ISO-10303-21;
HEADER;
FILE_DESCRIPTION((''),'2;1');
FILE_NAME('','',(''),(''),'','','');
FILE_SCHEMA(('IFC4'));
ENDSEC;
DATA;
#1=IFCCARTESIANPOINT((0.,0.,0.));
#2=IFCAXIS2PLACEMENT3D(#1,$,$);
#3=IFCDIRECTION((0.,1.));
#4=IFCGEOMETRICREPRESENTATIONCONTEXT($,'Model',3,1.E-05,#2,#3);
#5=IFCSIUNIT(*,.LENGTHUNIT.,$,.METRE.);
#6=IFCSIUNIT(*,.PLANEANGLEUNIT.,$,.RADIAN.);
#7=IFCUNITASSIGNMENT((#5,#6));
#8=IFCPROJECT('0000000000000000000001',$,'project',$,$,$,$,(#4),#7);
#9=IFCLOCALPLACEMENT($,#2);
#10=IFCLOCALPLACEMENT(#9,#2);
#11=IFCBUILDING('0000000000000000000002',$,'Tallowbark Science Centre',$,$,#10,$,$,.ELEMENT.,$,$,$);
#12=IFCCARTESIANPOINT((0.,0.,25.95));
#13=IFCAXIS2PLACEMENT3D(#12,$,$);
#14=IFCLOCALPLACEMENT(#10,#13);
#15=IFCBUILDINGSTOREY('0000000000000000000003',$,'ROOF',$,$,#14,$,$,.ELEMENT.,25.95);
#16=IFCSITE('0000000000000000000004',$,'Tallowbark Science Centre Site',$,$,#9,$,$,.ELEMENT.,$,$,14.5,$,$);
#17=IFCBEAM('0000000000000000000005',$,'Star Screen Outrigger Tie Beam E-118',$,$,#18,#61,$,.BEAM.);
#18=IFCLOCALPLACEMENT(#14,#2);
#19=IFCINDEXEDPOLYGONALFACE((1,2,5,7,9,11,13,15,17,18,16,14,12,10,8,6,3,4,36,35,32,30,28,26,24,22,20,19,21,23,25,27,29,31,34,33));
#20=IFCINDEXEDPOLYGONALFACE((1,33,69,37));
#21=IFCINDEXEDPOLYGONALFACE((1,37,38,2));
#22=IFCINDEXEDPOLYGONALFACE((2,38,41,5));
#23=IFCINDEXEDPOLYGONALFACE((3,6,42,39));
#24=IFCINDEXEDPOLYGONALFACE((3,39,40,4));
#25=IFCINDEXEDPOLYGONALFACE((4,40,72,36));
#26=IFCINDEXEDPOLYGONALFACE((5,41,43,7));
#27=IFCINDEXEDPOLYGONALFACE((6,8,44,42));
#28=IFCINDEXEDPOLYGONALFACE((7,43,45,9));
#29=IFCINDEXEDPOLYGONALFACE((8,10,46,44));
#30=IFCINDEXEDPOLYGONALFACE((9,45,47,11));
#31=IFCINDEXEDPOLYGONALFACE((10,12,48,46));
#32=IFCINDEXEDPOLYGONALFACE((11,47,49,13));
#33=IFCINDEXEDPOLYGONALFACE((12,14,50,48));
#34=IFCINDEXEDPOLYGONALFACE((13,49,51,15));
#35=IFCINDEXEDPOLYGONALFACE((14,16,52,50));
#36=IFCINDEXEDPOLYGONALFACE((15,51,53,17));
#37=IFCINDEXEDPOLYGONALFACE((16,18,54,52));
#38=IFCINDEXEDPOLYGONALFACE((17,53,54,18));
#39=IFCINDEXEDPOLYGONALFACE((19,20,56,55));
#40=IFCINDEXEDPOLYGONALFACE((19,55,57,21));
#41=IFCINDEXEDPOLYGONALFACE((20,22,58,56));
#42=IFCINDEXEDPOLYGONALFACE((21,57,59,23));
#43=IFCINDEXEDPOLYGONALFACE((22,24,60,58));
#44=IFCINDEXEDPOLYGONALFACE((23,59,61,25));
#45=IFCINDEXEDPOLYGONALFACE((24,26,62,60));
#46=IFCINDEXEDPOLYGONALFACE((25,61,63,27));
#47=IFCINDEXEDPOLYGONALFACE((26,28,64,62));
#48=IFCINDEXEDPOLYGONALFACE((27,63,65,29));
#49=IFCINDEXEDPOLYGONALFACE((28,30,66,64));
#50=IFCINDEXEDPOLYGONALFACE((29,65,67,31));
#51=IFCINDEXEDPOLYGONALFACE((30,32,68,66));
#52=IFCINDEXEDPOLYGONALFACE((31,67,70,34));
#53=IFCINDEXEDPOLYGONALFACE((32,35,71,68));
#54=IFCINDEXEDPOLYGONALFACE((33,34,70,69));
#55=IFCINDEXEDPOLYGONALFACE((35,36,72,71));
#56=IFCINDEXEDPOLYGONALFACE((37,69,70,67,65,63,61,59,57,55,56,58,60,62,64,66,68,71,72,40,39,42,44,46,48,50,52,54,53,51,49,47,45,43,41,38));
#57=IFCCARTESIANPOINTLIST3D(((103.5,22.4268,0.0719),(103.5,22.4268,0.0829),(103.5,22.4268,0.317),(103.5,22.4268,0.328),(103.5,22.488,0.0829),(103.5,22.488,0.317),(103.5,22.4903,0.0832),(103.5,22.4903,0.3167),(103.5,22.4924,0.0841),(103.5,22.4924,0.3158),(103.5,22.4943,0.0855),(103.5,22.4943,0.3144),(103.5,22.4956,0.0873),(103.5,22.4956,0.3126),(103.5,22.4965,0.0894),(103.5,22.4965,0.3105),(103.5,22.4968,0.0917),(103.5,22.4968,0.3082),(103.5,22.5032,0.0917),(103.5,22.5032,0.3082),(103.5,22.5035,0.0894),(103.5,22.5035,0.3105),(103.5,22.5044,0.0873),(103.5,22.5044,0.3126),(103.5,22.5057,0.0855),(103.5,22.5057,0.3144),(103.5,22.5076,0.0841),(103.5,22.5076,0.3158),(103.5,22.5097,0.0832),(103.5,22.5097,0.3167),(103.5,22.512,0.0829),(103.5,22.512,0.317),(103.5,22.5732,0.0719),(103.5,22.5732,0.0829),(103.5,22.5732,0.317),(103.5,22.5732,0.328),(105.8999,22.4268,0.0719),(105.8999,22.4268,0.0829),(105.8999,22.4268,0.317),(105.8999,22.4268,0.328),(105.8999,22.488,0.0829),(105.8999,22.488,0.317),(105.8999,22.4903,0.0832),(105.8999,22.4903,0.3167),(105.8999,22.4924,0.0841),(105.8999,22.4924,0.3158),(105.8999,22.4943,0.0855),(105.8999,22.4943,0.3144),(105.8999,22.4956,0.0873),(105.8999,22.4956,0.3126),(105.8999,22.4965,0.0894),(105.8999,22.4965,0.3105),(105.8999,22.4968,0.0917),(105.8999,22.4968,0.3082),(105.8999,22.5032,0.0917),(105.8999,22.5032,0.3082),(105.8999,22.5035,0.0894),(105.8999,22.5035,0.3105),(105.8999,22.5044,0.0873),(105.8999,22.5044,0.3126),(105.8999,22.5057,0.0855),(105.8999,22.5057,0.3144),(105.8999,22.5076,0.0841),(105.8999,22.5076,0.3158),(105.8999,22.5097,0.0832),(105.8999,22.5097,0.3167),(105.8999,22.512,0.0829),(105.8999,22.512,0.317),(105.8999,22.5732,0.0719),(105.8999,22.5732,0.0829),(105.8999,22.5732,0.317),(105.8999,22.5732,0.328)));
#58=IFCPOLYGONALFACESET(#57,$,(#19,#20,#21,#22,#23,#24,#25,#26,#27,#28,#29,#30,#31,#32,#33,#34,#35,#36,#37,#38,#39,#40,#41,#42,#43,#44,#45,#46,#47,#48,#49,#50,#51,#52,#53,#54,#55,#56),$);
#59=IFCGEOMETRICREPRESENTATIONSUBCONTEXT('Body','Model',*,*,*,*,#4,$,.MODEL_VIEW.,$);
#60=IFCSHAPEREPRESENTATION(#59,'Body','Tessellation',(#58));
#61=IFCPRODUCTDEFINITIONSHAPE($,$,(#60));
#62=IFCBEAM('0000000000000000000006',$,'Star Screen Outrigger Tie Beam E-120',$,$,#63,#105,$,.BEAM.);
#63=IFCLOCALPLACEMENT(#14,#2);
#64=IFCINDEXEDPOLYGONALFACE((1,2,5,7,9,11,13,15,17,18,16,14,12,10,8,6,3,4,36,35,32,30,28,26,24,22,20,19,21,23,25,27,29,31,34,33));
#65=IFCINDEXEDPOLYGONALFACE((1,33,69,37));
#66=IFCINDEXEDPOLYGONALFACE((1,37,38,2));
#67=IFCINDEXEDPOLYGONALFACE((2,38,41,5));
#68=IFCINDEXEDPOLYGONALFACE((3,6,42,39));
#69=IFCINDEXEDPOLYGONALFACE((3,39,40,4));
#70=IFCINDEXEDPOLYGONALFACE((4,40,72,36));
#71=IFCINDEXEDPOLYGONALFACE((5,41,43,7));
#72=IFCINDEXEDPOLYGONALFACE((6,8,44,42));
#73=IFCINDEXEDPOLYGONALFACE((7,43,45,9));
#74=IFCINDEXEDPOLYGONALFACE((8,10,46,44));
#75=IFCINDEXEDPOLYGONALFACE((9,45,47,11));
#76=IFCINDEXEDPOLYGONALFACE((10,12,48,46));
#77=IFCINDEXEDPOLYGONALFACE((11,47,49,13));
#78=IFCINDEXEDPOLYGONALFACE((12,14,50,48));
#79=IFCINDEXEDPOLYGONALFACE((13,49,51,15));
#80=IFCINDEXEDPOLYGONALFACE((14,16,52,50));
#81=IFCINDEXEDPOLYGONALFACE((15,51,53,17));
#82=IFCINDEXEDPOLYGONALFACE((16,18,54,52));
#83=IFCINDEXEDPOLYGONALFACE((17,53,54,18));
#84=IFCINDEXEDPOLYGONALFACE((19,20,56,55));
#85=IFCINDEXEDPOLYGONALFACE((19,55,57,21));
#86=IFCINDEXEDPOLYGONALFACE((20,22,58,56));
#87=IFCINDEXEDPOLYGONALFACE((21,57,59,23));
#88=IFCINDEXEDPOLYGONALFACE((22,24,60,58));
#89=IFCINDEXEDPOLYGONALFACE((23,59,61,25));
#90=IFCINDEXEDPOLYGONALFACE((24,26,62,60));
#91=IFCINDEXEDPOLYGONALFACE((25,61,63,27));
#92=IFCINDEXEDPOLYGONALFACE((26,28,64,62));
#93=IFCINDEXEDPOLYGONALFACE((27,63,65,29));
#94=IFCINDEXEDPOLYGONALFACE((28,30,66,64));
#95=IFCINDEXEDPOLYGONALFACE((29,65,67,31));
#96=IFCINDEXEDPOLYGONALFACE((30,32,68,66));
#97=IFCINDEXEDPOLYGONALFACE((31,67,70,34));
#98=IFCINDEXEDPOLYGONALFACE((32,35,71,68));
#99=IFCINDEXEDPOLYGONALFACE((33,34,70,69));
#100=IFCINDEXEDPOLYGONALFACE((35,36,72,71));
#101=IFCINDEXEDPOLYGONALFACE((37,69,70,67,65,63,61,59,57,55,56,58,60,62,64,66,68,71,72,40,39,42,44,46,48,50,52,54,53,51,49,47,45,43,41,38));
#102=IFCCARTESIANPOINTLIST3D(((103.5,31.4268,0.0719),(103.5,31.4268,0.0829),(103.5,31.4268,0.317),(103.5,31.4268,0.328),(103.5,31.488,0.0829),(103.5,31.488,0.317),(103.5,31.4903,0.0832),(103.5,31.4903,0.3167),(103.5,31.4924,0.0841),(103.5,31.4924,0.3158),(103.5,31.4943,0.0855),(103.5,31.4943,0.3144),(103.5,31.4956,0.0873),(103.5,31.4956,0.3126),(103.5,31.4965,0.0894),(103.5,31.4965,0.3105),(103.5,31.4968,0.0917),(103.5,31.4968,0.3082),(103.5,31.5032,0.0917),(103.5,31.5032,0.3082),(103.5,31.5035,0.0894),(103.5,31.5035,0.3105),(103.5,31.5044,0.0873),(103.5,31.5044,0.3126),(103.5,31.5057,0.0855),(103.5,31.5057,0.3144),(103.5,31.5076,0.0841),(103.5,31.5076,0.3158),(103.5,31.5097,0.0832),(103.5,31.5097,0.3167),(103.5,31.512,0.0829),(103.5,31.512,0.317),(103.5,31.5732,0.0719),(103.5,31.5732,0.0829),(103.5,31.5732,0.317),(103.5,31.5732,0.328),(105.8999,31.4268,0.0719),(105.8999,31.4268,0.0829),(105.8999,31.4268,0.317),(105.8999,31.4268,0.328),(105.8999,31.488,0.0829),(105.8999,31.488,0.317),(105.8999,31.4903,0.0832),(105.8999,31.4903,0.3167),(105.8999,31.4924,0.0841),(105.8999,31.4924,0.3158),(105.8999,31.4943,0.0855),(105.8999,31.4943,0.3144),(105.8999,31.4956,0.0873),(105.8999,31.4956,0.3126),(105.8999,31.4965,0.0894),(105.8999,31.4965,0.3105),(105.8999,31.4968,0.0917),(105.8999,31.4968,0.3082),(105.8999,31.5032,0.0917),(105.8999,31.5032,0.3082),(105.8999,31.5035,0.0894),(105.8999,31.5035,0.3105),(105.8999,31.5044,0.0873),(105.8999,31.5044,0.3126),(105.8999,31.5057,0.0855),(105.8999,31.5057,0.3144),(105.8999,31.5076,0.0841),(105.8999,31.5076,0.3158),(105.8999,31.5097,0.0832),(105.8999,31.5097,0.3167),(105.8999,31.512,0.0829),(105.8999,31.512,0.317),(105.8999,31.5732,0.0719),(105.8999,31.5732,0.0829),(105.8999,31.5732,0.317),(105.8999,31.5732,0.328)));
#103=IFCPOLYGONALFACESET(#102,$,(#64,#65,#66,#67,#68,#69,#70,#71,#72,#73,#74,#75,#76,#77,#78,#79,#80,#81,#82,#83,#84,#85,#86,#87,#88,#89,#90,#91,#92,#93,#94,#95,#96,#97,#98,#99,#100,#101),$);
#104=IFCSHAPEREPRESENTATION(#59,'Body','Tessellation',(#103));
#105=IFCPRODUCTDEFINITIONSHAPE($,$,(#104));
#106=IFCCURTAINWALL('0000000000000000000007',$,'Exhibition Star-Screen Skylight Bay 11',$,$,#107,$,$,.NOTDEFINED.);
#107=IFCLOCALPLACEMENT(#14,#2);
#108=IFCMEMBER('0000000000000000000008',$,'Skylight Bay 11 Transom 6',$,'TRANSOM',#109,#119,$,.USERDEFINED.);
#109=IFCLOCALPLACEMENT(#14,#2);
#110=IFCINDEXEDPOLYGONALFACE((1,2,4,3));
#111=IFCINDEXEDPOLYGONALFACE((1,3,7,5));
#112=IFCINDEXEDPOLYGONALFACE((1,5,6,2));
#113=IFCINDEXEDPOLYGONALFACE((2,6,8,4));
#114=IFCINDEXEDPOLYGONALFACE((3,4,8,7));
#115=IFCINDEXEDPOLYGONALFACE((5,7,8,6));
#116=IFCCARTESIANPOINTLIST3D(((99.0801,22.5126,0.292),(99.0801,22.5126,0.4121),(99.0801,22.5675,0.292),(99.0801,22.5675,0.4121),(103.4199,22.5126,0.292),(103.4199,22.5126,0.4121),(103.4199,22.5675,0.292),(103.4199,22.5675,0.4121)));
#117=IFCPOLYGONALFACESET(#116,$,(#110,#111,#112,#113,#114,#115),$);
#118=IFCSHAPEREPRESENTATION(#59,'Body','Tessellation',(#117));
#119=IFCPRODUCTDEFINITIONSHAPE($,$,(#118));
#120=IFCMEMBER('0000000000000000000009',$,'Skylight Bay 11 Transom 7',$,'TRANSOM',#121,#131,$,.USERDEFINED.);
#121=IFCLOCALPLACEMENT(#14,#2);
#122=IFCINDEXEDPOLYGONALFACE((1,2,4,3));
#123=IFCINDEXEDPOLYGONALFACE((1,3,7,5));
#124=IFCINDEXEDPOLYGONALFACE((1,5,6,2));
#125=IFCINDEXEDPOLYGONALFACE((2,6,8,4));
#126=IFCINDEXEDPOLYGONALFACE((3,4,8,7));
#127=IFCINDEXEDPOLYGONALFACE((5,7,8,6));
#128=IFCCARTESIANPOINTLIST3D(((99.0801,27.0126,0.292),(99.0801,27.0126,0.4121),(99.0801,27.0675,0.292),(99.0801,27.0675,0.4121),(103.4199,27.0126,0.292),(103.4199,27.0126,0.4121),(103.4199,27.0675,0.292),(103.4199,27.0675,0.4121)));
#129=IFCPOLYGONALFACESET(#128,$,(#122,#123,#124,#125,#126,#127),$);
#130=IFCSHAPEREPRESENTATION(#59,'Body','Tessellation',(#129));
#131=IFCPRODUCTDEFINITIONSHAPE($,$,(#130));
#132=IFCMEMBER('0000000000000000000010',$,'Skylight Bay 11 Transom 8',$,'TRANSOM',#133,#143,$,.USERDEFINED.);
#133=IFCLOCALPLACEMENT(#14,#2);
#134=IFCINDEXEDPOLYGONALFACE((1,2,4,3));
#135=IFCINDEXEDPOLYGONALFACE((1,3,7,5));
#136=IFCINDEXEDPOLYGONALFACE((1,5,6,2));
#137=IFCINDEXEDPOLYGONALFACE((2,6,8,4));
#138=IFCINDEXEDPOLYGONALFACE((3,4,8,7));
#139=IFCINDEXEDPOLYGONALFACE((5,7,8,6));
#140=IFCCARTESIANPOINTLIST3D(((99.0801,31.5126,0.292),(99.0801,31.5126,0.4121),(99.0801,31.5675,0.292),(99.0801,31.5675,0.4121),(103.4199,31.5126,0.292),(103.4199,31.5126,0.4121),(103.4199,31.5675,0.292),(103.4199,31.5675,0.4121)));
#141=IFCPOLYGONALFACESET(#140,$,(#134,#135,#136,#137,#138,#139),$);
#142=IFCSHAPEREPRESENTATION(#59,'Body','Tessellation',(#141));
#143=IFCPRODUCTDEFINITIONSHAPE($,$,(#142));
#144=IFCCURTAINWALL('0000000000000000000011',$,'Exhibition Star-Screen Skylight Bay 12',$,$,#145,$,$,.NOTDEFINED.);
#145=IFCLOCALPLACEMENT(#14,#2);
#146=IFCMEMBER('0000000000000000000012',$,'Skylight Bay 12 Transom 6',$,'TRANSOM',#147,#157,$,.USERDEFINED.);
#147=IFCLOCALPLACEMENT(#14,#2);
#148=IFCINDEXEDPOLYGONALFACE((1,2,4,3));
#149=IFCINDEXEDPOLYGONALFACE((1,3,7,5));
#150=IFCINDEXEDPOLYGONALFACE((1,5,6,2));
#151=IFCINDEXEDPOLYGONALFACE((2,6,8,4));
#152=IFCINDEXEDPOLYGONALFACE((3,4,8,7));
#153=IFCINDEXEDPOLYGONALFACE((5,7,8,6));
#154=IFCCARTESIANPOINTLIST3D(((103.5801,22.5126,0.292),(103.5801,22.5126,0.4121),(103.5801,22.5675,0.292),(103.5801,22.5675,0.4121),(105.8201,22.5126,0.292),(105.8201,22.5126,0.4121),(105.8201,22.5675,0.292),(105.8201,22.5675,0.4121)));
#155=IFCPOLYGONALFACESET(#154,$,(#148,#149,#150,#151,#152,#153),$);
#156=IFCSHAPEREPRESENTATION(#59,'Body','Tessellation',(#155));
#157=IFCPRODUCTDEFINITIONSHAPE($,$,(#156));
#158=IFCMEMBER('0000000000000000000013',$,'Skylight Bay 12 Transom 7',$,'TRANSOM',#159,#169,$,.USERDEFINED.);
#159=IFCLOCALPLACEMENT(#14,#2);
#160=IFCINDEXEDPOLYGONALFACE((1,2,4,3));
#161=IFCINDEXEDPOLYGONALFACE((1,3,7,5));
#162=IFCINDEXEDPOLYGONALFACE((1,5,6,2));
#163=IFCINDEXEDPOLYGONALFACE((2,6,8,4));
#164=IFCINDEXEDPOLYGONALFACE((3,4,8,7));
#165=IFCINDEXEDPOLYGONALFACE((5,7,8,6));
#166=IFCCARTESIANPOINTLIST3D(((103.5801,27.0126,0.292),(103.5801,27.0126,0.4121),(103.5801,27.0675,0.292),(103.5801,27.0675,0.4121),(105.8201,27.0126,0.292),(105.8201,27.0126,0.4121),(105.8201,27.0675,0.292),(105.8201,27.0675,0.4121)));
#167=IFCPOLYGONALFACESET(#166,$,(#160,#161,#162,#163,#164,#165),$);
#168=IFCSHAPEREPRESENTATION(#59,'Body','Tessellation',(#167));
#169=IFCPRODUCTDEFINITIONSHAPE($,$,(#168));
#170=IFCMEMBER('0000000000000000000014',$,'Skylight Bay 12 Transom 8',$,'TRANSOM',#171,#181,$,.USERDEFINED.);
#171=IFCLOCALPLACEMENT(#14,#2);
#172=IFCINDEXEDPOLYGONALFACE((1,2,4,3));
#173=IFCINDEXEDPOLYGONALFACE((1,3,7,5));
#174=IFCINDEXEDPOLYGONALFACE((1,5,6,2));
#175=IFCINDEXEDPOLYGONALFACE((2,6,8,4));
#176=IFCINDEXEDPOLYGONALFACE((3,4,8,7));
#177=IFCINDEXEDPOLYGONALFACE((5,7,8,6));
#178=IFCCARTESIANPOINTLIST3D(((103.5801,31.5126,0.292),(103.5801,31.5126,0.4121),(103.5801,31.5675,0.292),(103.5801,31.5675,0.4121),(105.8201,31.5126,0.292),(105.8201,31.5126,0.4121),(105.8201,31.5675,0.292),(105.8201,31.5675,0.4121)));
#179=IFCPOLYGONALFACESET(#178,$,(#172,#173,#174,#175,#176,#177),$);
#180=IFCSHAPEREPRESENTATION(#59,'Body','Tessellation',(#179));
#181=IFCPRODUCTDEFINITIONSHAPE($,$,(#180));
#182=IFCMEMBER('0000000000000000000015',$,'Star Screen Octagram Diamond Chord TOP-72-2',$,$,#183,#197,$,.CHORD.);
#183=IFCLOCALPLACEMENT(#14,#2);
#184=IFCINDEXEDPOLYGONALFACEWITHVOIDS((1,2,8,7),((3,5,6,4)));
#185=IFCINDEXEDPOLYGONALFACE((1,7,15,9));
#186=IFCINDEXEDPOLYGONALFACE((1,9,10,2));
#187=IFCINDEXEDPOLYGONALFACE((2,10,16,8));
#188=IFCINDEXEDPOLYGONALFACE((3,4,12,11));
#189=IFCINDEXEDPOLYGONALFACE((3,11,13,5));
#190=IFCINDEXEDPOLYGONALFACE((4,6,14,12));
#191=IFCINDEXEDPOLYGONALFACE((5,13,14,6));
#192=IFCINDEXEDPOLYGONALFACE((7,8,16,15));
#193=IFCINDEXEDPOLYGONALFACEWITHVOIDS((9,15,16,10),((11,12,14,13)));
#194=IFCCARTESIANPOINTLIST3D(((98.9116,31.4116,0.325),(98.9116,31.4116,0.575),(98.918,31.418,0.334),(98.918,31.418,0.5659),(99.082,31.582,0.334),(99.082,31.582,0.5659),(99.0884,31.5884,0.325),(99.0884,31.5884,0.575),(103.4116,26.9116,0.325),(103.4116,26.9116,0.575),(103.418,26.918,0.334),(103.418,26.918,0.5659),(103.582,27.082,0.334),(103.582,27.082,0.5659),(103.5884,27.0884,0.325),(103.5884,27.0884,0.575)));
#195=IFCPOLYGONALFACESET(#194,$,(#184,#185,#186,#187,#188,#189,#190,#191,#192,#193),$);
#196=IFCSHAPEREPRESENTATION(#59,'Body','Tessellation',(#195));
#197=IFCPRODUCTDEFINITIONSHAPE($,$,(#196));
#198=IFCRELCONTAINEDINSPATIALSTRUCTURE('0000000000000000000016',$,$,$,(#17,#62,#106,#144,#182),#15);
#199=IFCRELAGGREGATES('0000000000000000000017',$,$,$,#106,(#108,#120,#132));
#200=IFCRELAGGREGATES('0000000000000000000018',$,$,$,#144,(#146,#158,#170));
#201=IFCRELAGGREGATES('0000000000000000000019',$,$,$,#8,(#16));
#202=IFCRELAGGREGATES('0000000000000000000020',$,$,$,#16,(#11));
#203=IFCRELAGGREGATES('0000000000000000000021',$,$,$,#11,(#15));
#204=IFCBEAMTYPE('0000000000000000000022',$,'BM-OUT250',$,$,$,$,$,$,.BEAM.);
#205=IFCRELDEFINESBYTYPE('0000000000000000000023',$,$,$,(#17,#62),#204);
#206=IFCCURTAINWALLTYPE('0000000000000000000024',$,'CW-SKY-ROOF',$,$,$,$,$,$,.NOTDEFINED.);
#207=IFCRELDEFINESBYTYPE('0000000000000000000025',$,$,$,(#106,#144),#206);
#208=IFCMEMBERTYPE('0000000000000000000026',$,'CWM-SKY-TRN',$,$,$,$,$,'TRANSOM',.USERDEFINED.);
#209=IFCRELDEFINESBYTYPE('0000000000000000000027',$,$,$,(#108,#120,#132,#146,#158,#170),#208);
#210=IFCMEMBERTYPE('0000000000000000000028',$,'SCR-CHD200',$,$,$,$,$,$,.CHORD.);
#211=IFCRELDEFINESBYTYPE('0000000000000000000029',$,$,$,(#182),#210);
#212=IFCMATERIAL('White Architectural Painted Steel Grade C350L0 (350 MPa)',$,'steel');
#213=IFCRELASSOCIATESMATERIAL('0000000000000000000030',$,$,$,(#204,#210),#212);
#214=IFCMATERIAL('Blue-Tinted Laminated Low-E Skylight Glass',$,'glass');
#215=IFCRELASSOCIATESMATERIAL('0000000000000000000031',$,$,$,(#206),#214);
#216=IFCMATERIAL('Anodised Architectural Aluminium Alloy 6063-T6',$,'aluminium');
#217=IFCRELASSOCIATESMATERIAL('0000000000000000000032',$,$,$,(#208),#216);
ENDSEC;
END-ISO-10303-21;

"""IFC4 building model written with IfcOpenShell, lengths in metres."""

from ifc_helpers import new_model, si_unit, direction, frame, origin, origin_2d, place, context, subcontext, project, spatial, rectangle, hollow_rectangle, i_section, extrude, material, material_profile, profile_set, type_object, element, aggregate, save


model = new_model("IFC4")

# Units and contexts
model_context = context("Model", 3, precision=1e-05, world=origin(), true_north=direction((0.0, 1.0)))
body_context = subcontext(model_context, "Body", "Model", "MODEL_VIEW")
ifc_project = project(units=[si_unit("LENGTHUNIT", "METRE"), si_unit("PLANEANGLEUNIT", "RADIAN")], contexts=[model_context])

# Site, building, storey
site_placement = place(None, origin())
site = spatial("IfcSite", under=ifc_project, at=site_placement, Name="Tallowbark Science Centre Site", CompositionType="ELEMENT", RefElevation=14.5)
building_placement = place(site_placement, origin())
building = spatial("IfcBuilding", under=site, at=building_placement, Name="Tallowbark Science Centre", CompositionType="ELEMENT")
storey_placement = place(building_placement, frame((0.0, 0.0, 25.95)))
storey = spatial("IfcBuildingStorey", under=building, at=storey_placement, Name="ROOF", CompositionType="ELEMENT", Elevation=25.95)

# Beams
ifc_material_1 = material(Name="White Architectural Painted Steel Grade C350L0 (350 MPa)", Category="steel")
ifc_material_profile_1 = material_profile(ifc_material_1, i_section(OverallWidth=0.1465, OverallDepth=0.2561, WebThickness=0.0063, FlangeThickness=0.011, FilletRadius=0.0088, at=origin_2d()), Name="250UB37.3")
ifc_profile_set_1 = profile_set([ifc_material_profile_1], Name="White Architectural Painted Steel Grade C350L0 (350 MPa)")
beam_type = type_object("IfcBeamType", Name="BM-OUT250", PredefinedType="BEAM", material=ifc_profile_set_1)
for number, where, z_axis, x_axis, name in (
    (1, (103.5, 22.5, 0.2), (1.0, 0.0, 0.0), (0.0, 1.0, 0.0), "Star Screen Outrigger Tie Beam E-118"),
    (2, (103.5, 31.5, 0.2), (1.0, 0.0, 0.0), (0.0, 1.0, 0.0), "Star Screen Outrigger Tie Beam E-120"),
):
    element("IfcBeam", number, at=place(storey_placement, frame(where, z_axis=z_axis, x_axis=x_axis)), inside=storey, type_object=beam_type, Name=name, PredefinedType="BEAM", context=body_context, shape_type="SweptSolid", body=[
        extrude(i_section(OverallWidth=0.1465, OverallDepth=0.2561, WebThickness=0.0063, FlangeThickness=0.011, FilletRadius=0.0088, at=origin_2d()), origin(), (0.0, 0.0, 1.0), 2.3999),
    ])

# Curtain walls, members
ifc_material_2 = material(Name="Blue-Tinted Laminated Low-E Skylight Glass", Category="glass")
curtain_wall_type = type_object("IfcCurtainWallType", Name="CW-SKY-ROOF", PredefinedType="NOTDEFINED", material=ifc_material_2)
curtain_wall_1_placement = place(storey_placement, origin())
curtain_wall_1 = element("IfcCurtainWall", 3, at=curtain_wall_1_placement, inside=storey, type_object=curtain_wall_type, Name="Exhibition Star-Screen Skylight Bay 11", PredefinedType="NOTDEFINED")
ifc_material_3 = material(Name="Anodised Architectural Aluminium Alloy 6063-T6", Category="aluminium")
ifc_material_profile_2 = material_profile(ifc_material_3, rectangle(XDim=0.0549, YDim=0.1201, at=origin_2d()), Name="ALU55x120")
ifc_profile_set_2 = profile_set([ifc_material_profile_2], Name="Anodised Architectural Aluminium Alloy 6063-T6")
member_type_1 = type_object("IfcMemberType", Name="CWM-SKY-TRN", ElementType="TRANSOM", PredefinedType="USERDEFINED", material=ifc_profile_set_2)
member_1_placement = place(storey_placement, frame((99.0801, 22.54, 0.3521), z_axis=(1.0, 0.0, 0.0), x_axis=(0.0, 1.0, 0.0)))
member_1 = element("IfcMember", 4, at=member_1_placement, type_object=member_type_1, Name="Skylight Bay 11 Transom 6", ObjectType="TRANSOM", PredefinedType="USERDEFINED", context=body_context, shape_type="SweptSolid", body=[
    extrude(rectangle(XDim=0.0549, YDim=0.1201, at=origin_2d()), origin(), (0.0, 0.0, 1.0), 4.3398),
])
member_2_placement = place(storey_placement, frame((99.0801, 27.04, 0.3521), z_axis=(1.0, 0.0, 0.0), x_axis=(0.0, 1.0, 0.0)))
member_2 = element("IfcMember", 5, at=member_2_placement, type_object=member_type_1, Name="Skylight Bay 11 Transom 7", ObjectType="TRANSOM", PredefinedType="USERDEFINED", context=body_context, shape_type="SweptSolid", body=[
    extrude(rectangle(XDim=0.0549, YDim=0.1201, at=origin_2d()), origin(), (0.0, 0.0, 1.0), 4.3398),
])
member_3_placement = place(storey_placement, frame((99.0801, 31.54, 0.3521), z_axis=(1.0, 0.0, 0.0), x_axis=(0.0, 1.0, 0.0)))
member_3 = element("IfcMember", 6, at=member_3_placement, type_object=member_type_1, Name="Skylight Bay 11 Transom 8", ObjectType="TRANSOM", PredefinedType="USERDEFINED", context=body_context, shape_type="SweptSolid", body=[
    extrude(rectangle(XDim=0.0549, YDim=0.1201, at=origin_2d()), origin(), (0.0, 0.0, 1.0), 4.3398),
])
curtain_wall_2_placement = place(storey_placement, origin())
curtain_wall_2 = element("IfcCurtainWall", 7, at=curtain_wall_2_placement, inside=storey, type_object=curtain_wall_type, Name="Exhibition Star-Screen Skylight Bay 12", PredefinedType="NOTDEFINED")
member_4_placement = place(storey_placement, frame((103.5801, 22.54, 0.3521), z_axis=(1.0, 0.0, 0.0), x_axis=(0.0, 1.0, 0.0)))
member_4 = element("IfcMember", 8, at=member_4_placement, type_object=member_type_1, Name="Skylight Bay 12 Transom 6", ObjectType="TRANSOM", PredefinedType="USERDEFINED", context=body_context, shape_type="SweptSolid", body=[
    extrude(rectangle(XDim=0.0549, YDim=0.1201, at=origin_2d()), origin(), (0.0, 0.0, 1.0), 2.24),
])
member_5_placement = place(storey_placement, frame((103.5801, 27.04, 0.3521), z_axis=(1.0, 0.0, 0.0), x_axis=(0.0, 1.0, 0.0)))
member_5 = element("IfcMember", 9, at=member_5_placement, type_object=member_type_1, Name="Skylight Bay 12 Transom 7", ObjectType="TRANSOM", PredefinedType="USERDEFINED", context=body_context, shape_type="SweptSolid", body=[
    extrude(rectangle(XDim=0.0549, YDim=0.1201, at=origin_2d()), origin(), (0.0, 0.0, 1.0), 2.24),
])
member_6_placement = place(storey_placement, frame((103.5801, 31.54, 0.3521), z_axis=(1.0, 0.0, 0.0), x_axis=(0.0, 1.0, 0.0)))
member_6 = element("IfcMember", 10, at=member_6_placement, type_object=member_type_1, Name="Skylight Bay 12 Transom 8", ObjectType="TRANSOM", PredefinedType="USERDEFINED", context=body_context, shape_type="SweptSolid", body=[
    extrude(rectangle(XDim=0.0549, YDim=0.1201, at=origin_2d()), origin(), (0.0, 0.0, 1.0), 2.24),
])

# Member
ifc_material_profile_3 = material_profile(ifc_material_1, hollow_rectangle(XDim=0.25, YDim=0.25, WallThickness=0.009, at=origin_2d()), Name="250x250x9.0SHS")
ifc_profile_set_3 = profile_set([ifc_material_profile_3], Name="White Architectural Painted Steel Grade C350L0 (350 MPa)")
member_type_2 = type_object("IfcMemberType", Name="SCR-CHD200", PredefinedType="CHORD", material=ifc_profile_set_3)
for number, where, z_axis, x_axis, name in (
    (11, (103.5, 27.0, 0.45), (-0.707107, 0.707107, 0.0), (-0.707107, -0.707107, 0.0), "Star Screen Octagram Diamond Chord TOP-72-2"),
):
    element("IfcMember", number, at=place(storey_placement, frame(where, z_axis=z_axis, x_axis=x_axis)), inside=storey, type_object=member_type_2, Name=name, PredefinedType="CHORD", context=body_context, shape_type="SweptSolid", body=[
        extrude(hollow_rectangle(XDim=0.25, YDim=0.25, WallThickness=0.009, at=origin_2d()), origin(), (0.0, 0.0, 1.0), 6.364),
    ])

aggregate(curtain_wall_1, [member_1, member_2, member_3])
aggregate(curtain_wall_2, [member_4, member_5, member_6])

save(model, "model.ifc")
